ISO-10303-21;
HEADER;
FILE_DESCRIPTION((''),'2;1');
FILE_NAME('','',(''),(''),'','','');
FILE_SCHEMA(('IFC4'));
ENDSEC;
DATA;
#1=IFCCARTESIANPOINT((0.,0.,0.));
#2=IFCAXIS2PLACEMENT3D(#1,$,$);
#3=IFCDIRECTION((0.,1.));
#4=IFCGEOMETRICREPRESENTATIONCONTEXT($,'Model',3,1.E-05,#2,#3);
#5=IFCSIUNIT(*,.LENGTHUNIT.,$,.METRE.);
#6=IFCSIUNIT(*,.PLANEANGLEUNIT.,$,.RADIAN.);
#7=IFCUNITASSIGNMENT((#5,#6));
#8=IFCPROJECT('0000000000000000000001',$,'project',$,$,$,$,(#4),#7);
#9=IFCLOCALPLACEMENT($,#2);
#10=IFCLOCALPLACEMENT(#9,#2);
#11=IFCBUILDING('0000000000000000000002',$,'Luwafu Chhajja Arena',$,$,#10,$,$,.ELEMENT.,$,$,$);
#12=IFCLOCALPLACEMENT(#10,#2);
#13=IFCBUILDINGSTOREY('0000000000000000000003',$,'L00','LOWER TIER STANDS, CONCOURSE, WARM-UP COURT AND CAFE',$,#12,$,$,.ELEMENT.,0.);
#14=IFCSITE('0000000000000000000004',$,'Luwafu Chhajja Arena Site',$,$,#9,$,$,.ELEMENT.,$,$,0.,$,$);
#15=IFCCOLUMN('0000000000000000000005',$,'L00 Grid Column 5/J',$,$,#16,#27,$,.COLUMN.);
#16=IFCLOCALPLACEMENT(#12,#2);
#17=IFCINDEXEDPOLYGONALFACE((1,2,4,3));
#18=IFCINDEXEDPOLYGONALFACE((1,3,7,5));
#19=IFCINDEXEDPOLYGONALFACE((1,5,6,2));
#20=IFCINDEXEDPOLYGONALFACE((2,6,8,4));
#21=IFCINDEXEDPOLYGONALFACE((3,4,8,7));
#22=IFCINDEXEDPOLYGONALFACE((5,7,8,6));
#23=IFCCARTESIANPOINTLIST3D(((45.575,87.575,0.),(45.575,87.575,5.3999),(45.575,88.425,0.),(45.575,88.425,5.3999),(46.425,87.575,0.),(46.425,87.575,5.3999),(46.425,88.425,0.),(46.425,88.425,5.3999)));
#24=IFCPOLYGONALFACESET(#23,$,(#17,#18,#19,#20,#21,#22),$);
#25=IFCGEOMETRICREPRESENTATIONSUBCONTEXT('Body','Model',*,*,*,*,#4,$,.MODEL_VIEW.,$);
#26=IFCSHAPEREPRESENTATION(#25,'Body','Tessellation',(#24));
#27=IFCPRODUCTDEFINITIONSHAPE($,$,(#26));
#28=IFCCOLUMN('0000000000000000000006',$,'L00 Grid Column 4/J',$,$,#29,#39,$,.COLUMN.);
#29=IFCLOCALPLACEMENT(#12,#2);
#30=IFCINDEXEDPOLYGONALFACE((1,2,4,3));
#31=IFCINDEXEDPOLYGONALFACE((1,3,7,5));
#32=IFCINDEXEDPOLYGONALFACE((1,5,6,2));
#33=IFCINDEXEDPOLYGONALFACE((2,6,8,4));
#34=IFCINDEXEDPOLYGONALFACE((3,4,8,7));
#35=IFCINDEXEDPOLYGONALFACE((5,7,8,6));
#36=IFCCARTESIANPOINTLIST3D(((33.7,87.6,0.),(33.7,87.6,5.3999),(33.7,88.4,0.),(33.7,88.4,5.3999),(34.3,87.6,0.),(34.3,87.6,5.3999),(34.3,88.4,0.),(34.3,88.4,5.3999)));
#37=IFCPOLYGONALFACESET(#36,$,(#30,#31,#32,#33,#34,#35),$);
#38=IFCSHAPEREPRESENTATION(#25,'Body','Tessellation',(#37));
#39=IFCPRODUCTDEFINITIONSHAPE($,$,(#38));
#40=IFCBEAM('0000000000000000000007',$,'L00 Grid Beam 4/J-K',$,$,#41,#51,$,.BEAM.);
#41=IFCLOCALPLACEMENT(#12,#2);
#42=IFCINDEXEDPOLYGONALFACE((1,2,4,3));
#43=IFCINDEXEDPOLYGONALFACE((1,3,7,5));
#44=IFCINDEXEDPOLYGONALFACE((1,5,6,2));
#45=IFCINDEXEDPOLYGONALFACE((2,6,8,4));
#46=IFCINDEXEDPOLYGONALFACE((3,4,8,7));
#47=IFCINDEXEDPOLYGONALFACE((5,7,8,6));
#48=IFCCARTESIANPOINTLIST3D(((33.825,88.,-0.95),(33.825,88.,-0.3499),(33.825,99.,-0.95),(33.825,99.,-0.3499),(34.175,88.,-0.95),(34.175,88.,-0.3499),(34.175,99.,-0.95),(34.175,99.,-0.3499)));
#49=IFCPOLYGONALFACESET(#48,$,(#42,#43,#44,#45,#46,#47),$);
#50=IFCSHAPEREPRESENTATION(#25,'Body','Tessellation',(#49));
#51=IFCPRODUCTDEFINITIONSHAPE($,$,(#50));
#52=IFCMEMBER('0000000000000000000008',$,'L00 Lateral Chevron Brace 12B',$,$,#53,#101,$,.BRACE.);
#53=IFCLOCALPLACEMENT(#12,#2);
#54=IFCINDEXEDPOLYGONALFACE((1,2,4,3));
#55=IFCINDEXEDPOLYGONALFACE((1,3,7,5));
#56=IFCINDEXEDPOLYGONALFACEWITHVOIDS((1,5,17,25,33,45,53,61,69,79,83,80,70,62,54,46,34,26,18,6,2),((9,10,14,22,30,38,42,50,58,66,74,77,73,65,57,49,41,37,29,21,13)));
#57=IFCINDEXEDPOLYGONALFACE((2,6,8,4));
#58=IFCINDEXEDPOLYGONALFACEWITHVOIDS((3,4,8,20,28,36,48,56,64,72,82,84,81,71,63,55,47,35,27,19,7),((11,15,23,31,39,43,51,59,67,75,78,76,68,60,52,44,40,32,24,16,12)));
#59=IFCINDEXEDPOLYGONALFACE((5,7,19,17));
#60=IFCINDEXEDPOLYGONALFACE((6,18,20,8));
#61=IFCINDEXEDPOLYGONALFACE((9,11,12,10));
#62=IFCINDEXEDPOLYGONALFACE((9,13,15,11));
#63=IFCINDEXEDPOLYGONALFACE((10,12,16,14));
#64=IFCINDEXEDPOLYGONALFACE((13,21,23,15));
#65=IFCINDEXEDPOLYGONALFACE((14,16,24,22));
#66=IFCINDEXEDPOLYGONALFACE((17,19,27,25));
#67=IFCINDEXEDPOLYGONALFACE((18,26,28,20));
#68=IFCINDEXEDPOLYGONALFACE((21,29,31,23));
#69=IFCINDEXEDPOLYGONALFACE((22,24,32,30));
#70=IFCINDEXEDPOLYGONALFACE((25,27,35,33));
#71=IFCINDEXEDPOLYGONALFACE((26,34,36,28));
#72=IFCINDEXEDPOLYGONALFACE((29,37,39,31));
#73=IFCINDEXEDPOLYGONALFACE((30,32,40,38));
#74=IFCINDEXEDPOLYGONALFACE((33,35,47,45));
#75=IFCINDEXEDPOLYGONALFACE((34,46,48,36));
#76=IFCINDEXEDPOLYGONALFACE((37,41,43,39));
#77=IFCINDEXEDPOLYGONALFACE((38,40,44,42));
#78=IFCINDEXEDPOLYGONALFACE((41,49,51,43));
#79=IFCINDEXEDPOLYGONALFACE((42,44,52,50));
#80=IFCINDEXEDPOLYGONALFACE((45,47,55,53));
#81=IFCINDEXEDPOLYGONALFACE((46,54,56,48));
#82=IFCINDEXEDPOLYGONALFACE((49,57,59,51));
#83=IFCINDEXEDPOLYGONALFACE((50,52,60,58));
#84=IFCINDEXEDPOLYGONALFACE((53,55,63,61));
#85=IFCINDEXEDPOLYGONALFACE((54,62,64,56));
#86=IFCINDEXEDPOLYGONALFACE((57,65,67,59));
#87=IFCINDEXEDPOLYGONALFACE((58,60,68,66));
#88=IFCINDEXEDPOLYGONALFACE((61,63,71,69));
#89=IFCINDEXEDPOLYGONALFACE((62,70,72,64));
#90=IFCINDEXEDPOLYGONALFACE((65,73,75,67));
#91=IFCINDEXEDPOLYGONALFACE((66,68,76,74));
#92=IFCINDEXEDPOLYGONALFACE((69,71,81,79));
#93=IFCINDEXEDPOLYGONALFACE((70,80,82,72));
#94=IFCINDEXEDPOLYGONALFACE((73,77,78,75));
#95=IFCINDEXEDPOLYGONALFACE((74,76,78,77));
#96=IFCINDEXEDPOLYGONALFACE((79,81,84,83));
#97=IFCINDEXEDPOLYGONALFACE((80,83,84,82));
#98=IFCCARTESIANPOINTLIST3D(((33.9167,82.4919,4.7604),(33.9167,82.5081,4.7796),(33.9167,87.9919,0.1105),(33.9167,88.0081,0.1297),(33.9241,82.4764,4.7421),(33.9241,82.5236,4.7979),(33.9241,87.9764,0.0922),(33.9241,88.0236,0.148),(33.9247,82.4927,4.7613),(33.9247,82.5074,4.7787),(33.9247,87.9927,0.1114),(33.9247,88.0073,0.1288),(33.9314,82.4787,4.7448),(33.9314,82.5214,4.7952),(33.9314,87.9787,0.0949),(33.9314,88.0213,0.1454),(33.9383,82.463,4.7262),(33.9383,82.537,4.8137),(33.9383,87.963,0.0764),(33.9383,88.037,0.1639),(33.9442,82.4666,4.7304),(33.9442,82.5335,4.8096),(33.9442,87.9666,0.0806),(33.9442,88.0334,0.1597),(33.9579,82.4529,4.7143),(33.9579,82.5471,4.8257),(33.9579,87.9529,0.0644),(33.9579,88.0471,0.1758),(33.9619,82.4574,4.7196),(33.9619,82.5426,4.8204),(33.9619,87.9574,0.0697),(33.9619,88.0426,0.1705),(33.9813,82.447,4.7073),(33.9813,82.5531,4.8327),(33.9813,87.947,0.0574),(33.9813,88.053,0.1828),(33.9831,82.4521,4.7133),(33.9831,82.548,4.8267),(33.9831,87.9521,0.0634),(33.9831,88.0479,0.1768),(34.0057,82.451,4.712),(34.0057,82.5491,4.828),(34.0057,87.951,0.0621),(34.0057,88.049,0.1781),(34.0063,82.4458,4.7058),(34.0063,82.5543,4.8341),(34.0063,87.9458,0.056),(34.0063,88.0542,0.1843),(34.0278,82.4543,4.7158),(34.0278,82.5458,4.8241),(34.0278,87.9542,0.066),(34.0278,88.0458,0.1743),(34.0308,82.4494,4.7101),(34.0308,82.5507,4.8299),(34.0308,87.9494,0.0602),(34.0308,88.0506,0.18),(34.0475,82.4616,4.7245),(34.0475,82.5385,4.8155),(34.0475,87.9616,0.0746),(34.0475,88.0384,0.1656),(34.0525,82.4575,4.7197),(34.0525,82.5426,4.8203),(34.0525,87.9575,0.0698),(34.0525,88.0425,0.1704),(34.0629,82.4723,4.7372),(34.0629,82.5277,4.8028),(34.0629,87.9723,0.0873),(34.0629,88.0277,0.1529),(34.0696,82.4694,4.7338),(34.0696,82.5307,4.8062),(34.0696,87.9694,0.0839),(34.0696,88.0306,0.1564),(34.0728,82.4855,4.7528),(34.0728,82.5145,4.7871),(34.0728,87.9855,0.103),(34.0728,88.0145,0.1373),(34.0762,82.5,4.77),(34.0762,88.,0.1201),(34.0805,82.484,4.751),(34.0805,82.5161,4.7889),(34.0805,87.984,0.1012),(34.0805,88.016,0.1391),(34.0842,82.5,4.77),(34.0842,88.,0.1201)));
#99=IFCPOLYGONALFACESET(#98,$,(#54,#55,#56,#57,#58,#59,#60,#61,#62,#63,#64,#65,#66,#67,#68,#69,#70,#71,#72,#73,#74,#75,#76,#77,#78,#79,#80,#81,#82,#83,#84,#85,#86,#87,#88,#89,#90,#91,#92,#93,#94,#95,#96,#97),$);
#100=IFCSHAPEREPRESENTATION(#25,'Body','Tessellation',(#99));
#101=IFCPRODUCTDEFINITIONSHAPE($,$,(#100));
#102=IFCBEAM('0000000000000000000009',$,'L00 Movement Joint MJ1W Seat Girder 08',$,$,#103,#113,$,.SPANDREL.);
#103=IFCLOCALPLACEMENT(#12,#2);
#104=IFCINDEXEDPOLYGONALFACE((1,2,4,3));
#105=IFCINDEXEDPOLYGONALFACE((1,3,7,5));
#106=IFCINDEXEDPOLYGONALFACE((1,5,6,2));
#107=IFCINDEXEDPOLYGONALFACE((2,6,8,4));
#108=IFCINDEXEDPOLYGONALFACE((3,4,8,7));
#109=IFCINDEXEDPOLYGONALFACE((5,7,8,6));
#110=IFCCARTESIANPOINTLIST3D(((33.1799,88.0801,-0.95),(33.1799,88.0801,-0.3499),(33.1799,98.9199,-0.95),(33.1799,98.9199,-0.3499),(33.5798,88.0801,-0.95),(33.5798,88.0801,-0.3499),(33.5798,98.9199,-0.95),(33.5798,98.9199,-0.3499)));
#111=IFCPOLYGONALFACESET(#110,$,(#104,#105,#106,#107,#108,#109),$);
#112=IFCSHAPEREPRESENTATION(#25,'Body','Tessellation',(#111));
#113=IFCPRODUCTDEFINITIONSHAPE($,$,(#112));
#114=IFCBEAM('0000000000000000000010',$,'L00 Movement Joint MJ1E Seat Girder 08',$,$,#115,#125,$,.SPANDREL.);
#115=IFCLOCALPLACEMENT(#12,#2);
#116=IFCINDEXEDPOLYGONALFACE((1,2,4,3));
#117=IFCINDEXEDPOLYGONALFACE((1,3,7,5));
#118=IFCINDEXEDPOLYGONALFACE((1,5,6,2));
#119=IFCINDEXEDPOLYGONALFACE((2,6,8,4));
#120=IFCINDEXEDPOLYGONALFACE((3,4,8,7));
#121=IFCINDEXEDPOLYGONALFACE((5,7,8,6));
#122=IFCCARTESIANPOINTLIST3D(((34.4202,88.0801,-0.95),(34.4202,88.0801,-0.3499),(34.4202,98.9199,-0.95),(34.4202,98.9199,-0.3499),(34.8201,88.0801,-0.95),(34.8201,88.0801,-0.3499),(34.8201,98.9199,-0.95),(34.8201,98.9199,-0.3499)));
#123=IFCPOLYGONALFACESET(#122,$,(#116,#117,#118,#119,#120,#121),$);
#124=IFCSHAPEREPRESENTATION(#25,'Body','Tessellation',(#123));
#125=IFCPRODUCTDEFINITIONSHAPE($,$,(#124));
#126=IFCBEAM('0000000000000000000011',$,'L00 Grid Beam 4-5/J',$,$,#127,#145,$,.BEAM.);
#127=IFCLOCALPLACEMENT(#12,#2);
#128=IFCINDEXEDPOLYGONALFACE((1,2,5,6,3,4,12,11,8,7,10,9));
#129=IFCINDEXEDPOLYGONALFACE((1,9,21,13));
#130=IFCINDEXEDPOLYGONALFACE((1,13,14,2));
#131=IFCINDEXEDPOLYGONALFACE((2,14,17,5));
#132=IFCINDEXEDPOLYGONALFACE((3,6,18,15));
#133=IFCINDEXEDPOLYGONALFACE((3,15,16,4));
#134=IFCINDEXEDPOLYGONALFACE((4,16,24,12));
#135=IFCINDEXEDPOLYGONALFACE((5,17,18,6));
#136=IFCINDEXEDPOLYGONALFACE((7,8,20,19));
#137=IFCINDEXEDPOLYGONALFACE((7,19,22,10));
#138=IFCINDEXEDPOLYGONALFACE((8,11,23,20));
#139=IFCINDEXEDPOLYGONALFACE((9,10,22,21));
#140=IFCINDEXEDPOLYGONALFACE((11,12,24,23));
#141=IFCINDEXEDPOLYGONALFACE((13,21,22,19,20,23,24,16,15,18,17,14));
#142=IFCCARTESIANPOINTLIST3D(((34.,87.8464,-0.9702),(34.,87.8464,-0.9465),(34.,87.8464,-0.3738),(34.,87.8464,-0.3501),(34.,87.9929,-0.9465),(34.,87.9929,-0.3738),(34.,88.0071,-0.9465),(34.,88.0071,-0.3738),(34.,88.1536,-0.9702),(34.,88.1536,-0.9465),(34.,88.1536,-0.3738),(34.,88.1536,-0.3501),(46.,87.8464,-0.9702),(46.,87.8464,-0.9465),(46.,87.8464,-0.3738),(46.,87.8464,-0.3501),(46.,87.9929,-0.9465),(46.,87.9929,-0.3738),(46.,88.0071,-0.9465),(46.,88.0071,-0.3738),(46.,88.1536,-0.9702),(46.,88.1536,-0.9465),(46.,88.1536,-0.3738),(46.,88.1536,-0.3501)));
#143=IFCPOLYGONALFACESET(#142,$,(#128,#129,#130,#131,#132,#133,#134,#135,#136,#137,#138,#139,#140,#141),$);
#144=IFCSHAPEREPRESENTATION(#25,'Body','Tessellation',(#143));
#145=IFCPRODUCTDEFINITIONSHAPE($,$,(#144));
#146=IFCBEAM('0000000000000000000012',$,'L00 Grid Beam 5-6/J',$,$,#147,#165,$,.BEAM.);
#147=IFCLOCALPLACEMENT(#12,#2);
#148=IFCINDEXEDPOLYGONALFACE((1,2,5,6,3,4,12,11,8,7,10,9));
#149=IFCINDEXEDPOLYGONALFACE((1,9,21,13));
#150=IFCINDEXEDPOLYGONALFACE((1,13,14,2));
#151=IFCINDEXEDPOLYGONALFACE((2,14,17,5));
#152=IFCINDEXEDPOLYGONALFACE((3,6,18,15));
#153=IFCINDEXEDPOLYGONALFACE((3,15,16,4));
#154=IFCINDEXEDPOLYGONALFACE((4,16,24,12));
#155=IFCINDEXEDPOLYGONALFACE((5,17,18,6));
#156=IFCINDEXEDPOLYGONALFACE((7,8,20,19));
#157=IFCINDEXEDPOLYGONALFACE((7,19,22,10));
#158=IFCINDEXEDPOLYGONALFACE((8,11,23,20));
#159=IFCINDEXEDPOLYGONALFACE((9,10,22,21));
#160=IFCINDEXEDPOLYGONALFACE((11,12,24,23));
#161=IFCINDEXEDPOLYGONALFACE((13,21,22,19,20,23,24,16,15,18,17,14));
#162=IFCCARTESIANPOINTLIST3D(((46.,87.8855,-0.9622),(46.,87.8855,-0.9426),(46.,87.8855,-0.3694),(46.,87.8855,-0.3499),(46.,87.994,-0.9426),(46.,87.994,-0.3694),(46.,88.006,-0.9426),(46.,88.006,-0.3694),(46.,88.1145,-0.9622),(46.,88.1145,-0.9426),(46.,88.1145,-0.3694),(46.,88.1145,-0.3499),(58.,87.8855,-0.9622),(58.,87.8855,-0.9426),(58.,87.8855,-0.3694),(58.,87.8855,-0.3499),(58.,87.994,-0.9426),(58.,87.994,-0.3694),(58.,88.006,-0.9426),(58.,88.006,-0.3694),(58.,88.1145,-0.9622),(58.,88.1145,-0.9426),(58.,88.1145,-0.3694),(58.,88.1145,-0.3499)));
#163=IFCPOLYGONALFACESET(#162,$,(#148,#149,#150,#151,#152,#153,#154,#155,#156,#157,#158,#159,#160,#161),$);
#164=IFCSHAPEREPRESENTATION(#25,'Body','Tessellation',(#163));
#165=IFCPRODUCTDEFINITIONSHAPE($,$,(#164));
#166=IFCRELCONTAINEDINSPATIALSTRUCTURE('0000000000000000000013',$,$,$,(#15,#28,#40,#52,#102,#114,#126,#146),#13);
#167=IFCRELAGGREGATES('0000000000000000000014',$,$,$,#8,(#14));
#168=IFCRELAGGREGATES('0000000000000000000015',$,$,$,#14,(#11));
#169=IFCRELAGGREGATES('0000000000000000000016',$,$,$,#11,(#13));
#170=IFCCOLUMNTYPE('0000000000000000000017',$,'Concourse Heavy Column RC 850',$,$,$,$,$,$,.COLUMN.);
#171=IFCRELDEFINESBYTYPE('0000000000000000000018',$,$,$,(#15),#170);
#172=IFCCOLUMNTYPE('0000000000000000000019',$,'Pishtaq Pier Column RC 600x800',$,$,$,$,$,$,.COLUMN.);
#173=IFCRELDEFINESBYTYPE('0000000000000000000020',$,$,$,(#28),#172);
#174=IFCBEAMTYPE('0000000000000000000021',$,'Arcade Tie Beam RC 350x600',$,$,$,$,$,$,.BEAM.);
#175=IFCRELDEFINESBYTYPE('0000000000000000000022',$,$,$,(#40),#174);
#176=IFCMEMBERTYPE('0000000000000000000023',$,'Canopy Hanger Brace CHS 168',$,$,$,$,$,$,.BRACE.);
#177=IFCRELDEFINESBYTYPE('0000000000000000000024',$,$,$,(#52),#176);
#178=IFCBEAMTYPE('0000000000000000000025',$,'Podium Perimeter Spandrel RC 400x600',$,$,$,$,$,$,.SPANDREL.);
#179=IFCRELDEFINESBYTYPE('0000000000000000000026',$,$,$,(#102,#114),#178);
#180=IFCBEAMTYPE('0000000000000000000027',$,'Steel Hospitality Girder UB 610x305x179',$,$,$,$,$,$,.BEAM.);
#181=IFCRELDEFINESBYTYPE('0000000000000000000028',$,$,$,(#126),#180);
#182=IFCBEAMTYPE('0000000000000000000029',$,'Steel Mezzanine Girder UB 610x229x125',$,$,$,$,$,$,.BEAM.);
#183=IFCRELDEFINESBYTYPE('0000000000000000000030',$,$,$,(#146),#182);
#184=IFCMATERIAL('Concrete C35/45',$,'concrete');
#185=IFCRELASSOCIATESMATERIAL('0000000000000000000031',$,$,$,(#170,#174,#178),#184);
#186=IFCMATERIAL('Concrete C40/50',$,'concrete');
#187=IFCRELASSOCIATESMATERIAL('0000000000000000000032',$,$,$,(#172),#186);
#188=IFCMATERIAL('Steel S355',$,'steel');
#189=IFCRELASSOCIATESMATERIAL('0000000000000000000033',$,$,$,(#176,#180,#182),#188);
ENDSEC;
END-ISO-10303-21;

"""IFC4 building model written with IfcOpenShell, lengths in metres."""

from ifc_helpers import new_model, si_unit, direction, frame, origin, origin_2d, place, context, subcontext, project, spatial, rectangle, hollow_circle, i_section, extrude, material, material_profile, profile_set, type_object, element, save


model = new_model("IFC4")

# Units and contexts
model_context = context("Model", 3, precision=1e-05, world=origin(), true_north=direction((0.0, 1.0)))
body_context = subcontext(model_context, "Body", "Model", "MODEL_VIEW")
ifc_project = project(units=[si_unit("LENGTHUNIT", "METRE"), si_unit("PLANEANGLEUNIT", "RADIAN")], contexts=[model_context])

# Site, building, storey
site_placement = place(None, origin())
site = spatial("IfcSite", under=ifc_project, at=site_placement, Name="Luwafu Chhajja Arena Site", CompositionType="ELEMENT", RefElevation=0.0)
building_placement = place(site_placement, origin())
building = spatial("IfcBuilding", under=site, at=building_placement, Name="Luwafu Chhajja Arena", CompositionType="ELEMENT")
storey_placement = place(building_placement, origin())
storey = spatial("IfcBuildingStorey", under=building, at=storey_placement, Name="L00", Description="LOWER TIER STANDS, CONCOURSE, WARM-UP COURT AND CAFE", CompositionType="ELEMENT", Elevation=0.0)

# Columns
ifc_material_1 = material(Name="Concrete C35/45", Category="concrete")
ifc_material_profile_1 = material_profile(ifc_material_1, rectangle(XDim=0.8501, YDim=0.8501, at=origin_2d()), Name="RC 850x850")
ifc_profile_set_1 = profile_set([ifc_material_profile_1], Name="Concrete C35/45")
column_type_1 = type_object("IfcColumnType", Name="Concourse Heavy Column RC 850", PredefinedType="COLUMN", material=ifc_profile_set_1)
column_1_placement = place(storey_placement, frame((46.0, 88.0, 0.0), z_axis=(0.0, 0.0, 1.0), x_axis=(1.0, 0.0, 0.0)))
element("IfcColumn", 1, at=column_1_placement, inside=storey, type_object=column_type_1, Name="L00 Grid Column 5/J", PredefinedType="COLUMN", context=body_context, shape_type="SweptSolid", body=[
    extrude(rectangle(XDim=0.8501, YDim=0.8501, at=origin_2d()), origin(), (0.0, 0.0, 1.0), 5.3999),
])
ifc_material_2 = material(Name="Concrete C40/50", Category="concrete")
ifc_material_profile_2 = material_profile(ifc_material_2, rectangle(XDim=0.6001, YDim=0.8, at=origin_2d()), Name="RC 600x800")
ifc_profile_set_2 = profile_set([ifc_material_profile_2], Name="Concrete C40/50")
column_type_2 = type_object("IfcColumnType", Name="Pishtaq Pier Column RC 600x800", PredefinedType="COLUMN", material=ifc_profile_set_2)
column_2_placement = place(storey_placement, frame((34.0, 88.0, 0.0), z_axis=(0.0, 0.0, 1.0), x_axis=(1.0, 0.0, 0.0)))
element("IfcColumn", 2, at=column_2_placement, inside=storey, type_object=column_type_2, Name="L00 Grid Column 4/J", PredefinedType="COLUMN", context=body_context, shape_type="SweptSolid", body=[
    extrude(rectangle(XDim=0.6001, YDim=0.8, at=origin_2d()), origin(), (0.0, 0.0, 1.0), 5.3999),
])

# Beam
ifc_material_profile_3 = material_profile(ifc_material_1, rectangle(XDim=0.3501, YDim=0.6001, at=origin_2d()), Name="RC 350x600")
ifc_profile_set_3 = profile_set([ifc_material_profile_3], Name="Concrete C35/45")
beam_type_1 = type_object("IfcBeamType", Name="Arcade Tie Beam RC 350x600", PredefinedType="BEAM", material=ifc_profile_set_3)
beam_1_placement = place(storey_placement, frame((34.0, 88.0, -0.6499), z_axis=(0.0, 1.0, 0.0), x_axis=(-1.0, 0.0, 0.0)))
element("IfcBeam", 3, at=beam_1_placement, inside=storey, type_object=beam_type_1, Name="L00 Grid Beam 4/J-K", PredefinedType="BEAM", context=body_context, shape_type="SweptSolid", body=[
    extrude(rectangle(XDim=0.3501, YDim=0.6001, at=origin_2d()), origin(), (0.0, 0.0, 1.0), 11.0),
])

# Member
ifc_material_3 = material(Name="Steel S355", Category="steel")
ifc_material_profile_4 = material_profile(ifc_material_3, hollow_circle(Radius=0.0842, WallThickness=0.0081, at=origin_2d()), Name="CHS 168.3x8")
ifc_profile_set_4 = profile_set([ifc_material_profile_4], Name="Steel S355")
member_type = type_object("IfcMemberType", Name="Canopy Hanger Brace CHS 168", PredefinedType="BRACE", material=ifc_profile_set_4)
member_placement = place(storey_placement, frame((34.0, 88.0, 0.1201), z_axis=(0.0, -0.763656, 0.645623), x_axis=(1.0, 0.0, 0.0)))
element("IfcMember", 4, at=member_placement, inside=storey, type_object=member_type, Name="L00 Lateral Chevron Brace 12B", PredefinedType="BRACE", context=body_context, shape_type="SweptSolid", body=[
    extrude(hollow_circle(Radius=0.0842, WallThickness=0.0081, at=origin_2d()), origin(), (0.0, 0.0, 1.0), 7.2021),
])

# Beams
ifc_material_profile_5 = material_profile(ifc_material_1, rectangle(XDim=0.3999, YDim=0.6001, at=origin_2d()), Name="RC 400x600")
ifc_profile_set_5 = profile_set([ifc_material_profile_5], Name="Concrete C35/45")
beam_type_2 = type_object("IfcBeamType", Name="Podium Perimeter Spandrel RC 400x600", PredefinedType="SPANDREL", material=ifc_profile_set_5)
for number, where, z_axis, x_axis, name in (
    (5, (33.3799, 88.0801, -0.6499), (0.0, 1.0, 0.0), (-1.0, 0.0, 0.0), "L00 Movement Joint MJ1W Seat Girder 08"),
    (6, (34.6201, 88.0801, -0.6499), (0.0, 1.0, 0.0), (-1.0, 0.0, 0.0), "L00 Movement Joint MJ1E Seat Girder 08"),
):
    element("IfcBeam", number, at=place(storey_placement, frame(where, z_axis=z_axis, x_axis=x_axis)), inside=storey, type_object=beam_type_2, Name=name, PredefinedType="SPANDREL", context=body_context, shape_type="SweptSolid", body=[
        extrude(rectangle(XDim=0.3999, YDim=0.6001, at=origin_2d()), origin(), (0.0, 0.0, 1.0), 10.8398),
    ])
ifc_material_profile_6 = material_profile(ifc_material_3, i_section(OverallWidth=0.3071, OverallDepth=0.6201, WebThickness=0.0142, FlangeThickness=0.0237, at=origin_2d()), Name="UB 610x305x179")
ifc_profile_set_6 = profile_set([ifc_material_profile_6], Name="Steel S355")
beam_type_3 = type_object("IfcBeamType", Name="Steel Hospitality Girder UB 610x305x179", PredefinedType="BEAM", material=ifc_profile_set_6)
beam_2_placement = place(storey_placement, frame((34.0, 88.0, -0.6602), z_axis=(1.0, 0.0, 0.0), x_axis=(0.0, 1.0, 0.0)))
element("IfcBeam", 7, at=beam_2_placement, inside=storey, type_object=beam_type_3, Name="L00 Grid Beam 4-5/J", PredefinedType="BEAM", context=body_context, shape_type="SweptSolid", body=[
    extrude(i_section(OverallWidth=0.3071, OverallDepth=0.6201, WebThickness=0.0142, FlangeThickness=0.0237, at=origin_2d()), origin(), (0.0, 0.0, 1.0), 12.0),
])
ifc_material_profile_7 = material_profile(ifc_material_3, i_section(OverallWidth=0.229, OverallDepth=0.6123, WebThickness=0.012, FlangeThickness=0.0195, at=origin_2d()), Name="UB 610x229x125")
ifc_profile_set_7 = profile_set([ifc_material_profile_7], Name="Steel S355")
beam_type_4 = type_object("IfcBeamType", Name="Steel Mezzanine Girder UB 610x229x125", PredefinedType="BEAM", material=ifc_profile_set_7)
beam_3_placement = place(storey_placement, frame((46.0, 88.0, -0.656), z_axis=(1.0, 0.0, 0.0), x_axis=(0.0, 1.0, 0.0)))
element("IfcBeam", 8, at=beam_3_placement, inside=storey, type_object=beam_type_4, Name="L00 Grid Beam 5-6/J", PredefinedType="BEAM", context=body_context, shape_type="SweptSolid", body=[
    extrude(i_section(OverallWidth=0.229, OverallDepth=0.6123, WebThickness=0.012, FlangeThickness=0.0195, at=origin_2d()), origin(), (0.0, 0.0, 1.0), 12.0),
])

save(model, "model.ifc")
